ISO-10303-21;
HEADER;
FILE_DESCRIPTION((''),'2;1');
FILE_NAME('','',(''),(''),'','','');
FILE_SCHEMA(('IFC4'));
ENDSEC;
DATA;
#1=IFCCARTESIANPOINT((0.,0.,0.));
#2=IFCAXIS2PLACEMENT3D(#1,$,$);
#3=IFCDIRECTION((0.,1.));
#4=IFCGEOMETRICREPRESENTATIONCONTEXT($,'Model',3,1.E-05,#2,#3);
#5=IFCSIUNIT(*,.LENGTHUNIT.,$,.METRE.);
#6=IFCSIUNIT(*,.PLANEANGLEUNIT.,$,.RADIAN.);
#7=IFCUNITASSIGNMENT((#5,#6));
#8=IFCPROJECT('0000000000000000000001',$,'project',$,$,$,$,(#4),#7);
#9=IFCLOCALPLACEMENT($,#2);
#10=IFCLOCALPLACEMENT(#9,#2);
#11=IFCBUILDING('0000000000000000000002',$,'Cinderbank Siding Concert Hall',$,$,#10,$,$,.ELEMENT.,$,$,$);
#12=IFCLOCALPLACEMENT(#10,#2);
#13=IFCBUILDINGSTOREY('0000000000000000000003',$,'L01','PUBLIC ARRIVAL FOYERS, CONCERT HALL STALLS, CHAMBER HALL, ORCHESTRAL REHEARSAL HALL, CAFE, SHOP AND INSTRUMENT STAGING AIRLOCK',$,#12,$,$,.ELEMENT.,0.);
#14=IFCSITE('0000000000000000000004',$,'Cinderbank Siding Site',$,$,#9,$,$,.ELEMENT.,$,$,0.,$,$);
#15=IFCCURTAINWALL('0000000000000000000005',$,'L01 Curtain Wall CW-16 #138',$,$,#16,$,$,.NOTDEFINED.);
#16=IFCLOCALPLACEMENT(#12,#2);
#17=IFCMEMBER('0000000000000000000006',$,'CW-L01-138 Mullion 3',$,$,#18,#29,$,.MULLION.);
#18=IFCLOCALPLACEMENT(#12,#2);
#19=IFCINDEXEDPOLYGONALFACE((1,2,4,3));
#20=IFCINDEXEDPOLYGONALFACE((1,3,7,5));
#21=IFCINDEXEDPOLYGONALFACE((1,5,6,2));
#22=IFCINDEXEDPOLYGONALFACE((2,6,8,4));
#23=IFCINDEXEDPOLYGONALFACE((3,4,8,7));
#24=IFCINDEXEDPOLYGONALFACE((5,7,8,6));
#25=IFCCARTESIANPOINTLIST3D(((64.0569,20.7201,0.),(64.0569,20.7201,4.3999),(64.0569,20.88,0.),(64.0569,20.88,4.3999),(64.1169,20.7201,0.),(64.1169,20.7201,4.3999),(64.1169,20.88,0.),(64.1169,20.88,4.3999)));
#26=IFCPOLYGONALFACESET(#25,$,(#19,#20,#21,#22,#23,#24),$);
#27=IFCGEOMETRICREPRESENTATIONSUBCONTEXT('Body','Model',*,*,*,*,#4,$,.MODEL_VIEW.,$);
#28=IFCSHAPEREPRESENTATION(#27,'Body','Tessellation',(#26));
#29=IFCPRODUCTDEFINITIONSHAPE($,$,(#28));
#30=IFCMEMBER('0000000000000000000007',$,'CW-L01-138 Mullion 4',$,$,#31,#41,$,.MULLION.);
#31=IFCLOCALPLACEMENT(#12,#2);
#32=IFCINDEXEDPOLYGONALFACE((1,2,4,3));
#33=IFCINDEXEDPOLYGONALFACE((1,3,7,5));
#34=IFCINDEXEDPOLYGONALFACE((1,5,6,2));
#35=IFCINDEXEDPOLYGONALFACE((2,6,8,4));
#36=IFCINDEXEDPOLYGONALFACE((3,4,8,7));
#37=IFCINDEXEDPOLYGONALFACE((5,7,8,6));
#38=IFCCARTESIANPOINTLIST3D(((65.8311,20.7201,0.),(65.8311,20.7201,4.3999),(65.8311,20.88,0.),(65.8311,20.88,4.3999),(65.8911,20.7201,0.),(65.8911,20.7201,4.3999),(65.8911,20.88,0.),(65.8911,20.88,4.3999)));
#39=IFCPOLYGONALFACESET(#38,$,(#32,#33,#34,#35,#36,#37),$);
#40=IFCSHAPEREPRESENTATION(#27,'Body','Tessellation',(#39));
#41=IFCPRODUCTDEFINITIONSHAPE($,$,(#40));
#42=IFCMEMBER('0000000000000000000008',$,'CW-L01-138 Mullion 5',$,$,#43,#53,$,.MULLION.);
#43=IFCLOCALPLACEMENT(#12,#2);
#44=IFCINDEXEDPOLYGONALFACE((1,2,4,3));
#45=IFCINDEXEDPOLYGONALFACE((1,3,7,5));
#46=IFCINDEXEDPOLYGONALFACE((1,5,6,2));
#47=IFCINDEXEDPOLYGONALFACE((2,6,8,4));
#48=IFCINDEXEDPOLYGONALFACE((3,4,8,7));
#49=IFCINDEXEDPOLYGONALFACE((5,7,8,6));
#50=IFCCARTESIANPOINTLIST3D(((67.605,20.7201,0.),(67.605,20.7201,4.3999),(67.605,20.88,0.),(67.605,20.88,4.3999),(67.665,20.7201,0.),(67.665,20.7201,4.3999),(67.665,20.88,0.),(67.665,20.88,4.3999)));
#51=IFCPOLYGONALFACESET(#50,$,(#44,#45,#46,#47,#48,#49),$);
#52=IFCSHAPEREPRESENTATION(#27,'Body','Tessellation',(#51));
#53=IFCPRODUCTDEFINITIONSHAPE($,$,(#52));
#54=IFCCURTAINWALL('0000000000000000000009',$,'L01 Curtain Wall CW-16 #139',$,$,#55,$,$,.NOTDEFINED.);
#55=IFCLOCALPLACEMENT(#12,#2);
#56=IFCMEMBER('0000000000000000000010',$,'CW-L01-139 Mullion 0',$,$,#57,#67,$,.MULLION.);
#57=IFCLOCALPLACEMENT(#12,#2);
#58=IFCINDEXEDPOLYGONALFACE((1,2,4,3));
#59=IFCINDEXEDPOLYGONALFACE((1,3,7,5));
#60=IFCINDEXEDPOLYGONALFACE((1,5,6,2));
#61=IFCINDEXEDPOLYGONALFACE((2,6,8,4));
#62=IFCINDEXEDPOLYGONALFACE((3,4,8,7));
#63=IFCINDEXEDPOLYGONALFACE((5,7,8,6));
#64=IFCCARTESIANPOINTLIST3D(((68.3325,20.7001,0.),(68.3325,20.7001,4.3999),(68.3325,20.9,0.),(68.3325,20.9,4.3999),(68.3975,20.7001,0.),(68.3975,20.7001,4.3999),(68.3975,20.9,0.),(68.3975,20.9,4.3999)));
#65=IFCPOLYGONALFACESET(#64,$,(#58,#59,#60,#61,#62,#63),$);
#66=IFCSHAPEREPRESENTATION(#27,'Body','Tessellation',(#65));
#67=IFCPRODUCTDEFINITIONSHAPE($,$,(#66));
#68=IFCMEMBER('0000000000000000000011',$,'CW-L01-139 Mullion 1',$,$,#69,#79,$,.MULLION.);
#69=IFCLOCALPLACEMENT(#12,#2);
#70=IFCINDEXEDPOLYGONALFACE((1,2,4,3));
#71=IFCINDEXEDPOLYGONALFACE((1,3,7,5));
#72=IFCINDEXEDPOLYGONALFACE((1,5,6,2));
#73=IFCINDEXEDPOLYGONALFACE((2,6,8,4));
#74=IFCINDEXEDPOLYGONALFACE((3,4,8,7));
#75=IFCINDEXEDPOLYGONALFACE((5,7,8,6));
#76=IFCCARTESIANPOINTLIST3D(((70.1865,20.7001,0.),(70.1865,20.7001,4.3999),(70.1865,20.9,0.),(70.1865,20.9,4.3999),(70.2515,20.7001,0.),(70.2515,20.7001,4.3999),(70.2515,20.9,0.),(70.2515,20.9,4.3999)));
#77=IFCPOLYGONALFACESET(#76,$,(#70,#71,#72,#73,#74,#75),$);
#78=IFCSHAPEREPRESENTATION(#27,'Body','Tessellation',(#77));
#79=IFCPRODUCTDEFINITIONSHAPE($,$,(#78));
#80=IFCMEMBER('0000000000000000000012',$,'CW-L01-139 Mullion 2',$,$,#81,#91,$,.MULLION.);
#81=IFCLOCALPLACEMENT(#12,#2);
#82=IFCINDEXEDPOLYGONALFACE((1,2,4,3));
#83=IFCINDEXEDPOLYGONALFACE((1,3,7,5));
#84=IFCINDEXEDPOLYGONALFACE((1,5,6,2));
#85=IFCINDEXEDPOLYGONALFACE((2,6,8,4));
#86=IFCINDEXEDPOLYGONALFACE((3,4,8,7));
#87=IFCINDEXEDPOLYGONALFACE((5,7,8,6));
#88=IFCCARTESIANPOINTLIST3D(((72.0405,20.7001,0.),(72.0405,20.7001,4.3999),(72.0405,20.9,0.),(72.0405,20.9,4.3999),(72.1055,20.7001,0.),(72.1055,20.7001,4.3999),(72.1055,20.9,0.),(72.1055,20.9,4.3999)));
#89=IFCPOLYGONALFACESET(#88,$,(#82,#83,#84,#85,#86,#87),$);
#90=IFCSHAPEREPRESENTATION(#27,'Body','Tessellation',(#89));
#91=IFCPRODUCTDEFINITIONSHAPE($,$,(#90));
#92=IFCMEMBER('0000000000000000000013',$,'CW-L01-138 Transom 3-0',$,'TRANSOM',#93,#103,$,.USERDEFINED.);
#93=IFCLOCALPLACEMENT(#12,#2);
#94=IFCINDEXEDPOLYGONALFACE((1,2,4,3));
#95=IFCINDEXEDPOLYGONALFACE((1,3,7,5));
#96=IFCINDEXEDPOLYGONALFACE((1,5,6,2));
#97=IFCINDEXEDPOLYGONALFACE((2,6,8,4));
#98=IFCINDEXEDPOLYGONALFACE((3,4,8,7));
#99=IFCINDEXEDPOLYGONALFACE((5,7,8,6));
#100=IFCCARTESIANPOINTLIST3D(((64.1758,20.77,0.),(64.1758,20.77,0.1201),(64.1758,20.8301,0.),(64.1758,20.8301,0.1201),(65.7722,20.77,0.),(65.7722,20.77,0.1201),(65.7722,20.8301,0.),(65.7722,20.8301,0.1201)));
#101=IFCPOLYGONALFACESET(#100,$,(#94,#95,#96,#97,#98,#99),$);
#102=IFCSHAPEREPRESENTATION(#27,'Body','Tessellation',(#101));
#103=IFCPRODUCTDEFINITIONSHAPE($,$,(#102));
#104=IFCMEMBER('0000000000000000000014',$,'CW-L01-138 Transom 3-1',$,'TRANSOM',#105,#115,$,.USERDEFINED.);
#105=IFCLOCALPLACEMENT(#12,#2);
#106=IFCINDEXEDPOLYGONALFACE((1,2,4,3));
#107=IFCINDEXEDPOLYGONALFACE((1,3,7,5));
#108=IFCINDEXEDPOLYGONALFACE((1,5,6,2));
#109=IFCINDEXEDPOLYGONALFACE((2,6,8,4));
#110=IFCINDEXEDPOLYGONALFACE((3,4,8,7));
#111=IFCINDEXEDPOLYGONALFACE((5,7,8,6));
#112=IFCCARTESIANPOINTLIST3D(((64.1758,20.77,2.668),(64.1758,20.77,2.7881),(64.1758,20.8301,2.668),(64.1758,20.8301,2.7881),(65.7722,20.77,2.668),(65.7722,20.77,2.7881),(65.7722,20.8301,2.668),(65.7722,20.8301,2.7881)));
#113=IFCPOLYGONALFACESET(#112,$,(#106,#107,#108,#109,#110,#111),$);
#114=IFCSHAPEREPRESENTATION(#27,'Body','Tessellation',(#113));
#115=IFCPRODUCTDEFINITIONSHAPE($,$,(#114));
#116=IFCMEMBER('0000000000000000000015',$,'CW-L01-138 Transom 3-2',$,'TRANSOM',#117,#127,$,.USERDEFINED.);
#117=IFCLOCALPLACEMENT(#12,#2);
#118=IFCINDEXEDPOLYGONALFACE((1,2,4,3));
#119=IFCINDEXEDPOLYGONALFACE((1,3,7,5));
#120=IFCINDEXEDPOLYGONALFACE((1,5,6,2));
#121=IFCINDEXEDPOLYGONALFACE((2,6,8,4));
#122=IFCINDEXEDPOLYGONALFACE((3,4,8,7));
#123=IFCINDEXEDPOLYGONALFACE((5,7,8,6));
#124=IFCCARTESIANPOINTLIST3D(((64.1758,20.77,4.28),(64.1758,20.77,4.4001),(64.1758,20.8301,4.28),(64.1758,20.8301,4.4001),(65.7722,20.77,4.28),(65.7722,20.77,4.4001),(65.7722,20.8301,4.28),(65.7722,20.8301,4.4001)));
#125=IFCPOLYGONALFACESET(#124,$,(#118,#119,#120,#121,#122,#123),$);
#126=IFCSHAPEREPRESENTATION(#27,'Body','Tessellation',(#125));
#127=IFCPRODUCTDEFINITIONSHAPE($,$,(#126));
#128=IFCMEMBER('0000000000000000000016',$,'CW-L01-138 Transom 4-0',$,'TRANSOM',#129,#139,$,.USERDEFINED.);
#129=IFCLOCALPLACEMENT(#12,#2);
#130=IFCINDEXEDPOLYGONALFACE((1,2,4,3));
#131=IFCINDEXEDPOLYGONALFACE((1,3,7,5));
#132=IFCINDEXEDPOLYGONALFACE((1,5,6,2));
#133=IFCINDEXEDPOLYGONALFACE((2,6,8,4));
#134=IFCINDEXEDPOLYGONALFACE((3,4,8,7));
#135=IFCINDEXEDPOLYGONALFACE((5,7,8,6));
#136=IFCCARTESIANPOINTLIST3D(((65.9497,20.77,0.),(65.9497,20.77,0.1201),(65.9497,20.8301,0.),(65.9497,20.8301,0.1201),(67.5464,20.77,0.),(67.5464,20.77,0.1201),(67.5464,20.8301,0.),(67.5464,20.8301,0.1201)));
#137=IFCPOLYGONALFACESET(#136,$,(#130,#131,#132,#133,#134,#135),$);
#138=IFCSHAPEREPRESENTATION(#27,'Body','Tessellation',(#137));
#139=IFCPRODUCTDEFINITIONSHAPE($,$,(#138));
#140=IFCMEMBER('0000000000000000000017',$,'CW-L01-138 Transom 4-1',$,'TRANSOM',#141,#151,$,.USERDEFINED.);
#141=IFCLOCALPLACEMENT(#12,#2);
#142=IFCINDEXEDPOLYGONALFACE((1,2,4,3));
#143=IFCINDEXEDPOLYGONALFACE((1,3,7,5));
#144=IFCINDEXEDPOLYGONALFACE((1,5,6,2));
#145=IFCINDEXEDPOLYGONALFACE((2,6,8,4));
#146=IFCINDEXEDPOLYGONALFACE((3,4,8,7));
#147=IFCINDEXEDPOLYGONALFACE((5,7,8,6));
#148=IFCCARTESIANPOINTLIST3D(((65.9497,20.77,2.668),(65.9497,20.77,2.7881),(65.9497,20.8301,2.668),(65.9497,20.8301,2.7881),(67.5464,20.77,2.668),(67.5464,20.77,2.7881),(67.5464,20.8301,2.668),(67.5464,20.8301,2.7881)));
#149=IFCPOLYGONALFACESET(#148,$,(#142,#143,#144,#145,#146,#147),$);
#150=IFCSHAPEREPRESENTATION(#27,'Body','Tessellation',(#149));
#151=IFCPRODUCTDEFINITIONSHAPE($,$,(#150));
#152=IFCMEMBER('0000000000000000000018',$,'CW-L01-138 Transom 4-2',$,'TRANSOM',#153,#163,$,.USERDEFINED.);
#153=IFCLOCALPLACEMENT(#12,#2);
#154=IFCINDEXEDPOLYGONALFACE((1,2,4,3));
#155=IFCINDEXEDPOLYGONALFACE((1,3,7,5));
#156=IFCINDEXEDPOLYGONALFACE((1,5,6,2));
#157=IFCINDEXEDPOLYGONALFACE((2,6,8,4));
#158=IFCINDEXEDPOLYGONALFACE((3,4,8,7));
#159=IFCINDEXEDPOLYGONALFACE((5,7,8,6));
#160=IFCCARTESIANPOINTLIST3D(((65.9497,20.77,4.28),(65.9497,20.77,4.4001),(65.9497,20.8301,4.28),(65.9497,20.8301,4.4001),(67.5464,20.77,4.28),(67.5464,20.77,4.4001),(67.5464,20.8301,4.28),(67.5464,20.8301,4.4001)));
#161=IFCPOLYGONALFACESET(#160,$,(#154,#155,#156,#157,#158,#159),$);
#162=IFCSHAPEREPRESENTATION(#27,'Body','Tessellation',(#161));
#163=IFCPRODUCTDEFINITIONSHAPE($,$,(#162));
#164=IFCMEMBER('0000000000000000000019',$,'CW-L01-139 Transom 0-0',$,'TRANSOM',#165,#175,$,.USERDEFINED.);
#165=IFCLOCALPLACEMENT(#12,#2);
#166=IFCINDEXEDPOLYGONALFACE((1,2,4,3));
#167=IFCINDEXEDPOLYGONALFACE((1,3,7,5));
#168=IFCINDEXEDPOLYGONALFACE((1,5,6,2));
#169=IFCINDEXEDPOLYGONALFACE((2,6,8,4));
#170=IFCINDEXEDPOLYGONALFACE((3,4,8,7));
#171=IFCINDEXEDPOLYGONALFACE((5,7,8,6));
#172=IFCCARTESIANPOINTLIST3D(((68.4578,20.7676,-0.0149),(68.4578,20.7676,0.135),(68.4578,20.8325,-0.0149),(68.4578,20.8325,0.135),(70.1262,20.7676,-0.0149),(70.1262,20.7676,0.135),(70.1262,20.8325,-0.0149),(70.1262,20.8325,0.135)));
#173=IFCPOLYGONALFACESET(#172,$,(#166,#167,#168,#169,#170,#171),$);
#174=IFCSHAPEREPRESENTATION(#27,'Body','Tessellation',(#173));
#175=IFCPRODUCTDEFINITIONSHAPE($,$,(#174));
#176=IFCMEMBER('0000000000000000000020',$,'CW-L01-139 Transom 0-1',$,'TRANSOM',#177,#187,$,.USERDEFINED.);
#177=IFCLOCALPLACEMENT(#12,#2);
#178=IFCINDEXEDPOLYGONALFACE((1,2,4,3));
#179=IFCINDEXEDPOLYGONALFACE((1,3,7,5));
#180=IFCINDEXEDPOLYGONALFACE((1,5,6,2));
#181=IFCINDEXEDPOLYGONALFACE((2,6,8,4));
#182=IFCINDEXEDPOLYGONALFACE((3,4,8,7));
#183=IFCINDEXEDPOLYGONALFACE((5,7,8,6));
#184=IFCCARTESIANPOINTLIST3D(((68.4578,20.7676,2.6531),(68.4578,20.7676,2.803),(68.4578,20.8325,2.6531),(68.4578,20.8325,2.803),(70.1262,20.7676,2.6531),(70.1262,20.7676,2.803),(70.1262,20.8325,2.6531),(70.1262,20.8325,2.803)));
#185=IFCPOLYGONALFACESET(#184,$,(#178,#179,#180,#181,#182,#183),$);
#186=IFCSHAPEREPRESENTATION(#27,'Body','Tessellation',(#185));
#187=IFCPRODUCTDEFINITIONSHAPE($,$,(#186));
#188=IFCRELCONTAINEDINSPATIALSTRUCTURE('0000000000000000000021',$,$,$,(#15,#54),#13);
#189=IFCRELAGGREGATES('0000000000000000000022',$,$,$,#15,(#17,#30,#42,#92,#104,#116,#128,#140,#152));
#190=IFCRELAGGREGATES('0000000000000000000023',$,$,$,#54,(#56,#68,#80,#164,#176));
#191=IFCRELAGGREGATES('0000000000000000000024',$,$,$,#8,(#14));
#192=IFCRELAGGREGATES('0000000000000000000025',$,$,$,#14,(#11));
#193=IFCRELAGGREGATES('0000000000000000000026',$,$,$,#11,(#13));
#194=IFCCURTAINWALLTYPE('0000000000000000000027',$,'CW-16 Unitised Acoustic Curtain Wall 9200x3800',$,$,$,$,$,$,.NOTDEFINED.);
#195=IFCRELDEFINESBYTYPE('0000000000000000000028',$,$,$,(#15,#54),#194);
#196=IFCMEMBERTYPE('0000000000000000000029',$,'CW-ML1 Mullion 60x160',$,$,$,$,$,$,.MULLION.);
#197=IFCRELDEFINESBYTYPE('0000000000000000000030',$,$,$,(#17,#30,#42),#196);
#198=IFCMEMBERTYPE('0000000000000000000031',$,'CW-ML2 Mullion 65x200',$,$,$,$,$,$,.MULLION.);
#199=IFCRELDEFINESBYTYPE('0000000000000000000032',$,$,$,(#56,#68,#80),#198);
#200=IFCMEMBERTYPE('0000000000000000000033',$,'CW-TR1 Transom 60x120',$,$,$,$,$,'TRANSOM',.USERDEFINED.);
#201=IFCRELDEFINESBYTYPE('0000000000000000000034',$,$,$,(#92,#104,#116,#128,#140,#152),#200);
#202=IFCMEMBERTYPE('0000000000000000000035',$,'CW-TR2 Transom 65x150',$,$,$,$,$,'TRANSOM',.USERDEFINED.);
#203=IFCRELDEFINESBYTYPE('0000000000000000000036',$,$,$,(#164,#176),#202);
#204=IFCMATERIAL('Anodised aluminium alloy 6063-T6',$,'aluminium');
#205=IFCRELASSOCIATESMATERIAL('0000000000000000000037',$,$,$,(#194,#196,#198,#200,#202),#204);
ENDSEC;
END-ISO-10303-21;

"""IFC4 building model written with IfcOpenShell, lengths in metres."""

from ifc_helpers import new_model, si_unit, direction, frame, origin, origin_2d, place, context, subcontext, project, spatial, rectangle, extrude, material, material_profile, profile_set, type_object, element, aggregate, save


model = new_model("IFC4")

# Units and contexts
model_context = context("Model", 3, precision=1e-05, world=origin(), true_north=direction((0.0, 1.0)))
body_context = subcontext(model_context, "Body", "Model", "MODEL_VIEW")
ifc_project = project(units=[si_unit("LENGTHUNIT", "METRE"), si_unit("PLANEANGLEUNIT", "RADIAN")], contexts=[model_context])

# Site, building, storey
site_placement = place(None, origin())
site = spatial("IfcSite", under=ifc_project, at=site_placement, Name="Cinderbank Siding Site", CompositionType="ELEMENT", RefElevation=0.0)
building_placement = place(site_placement, origin())
building = spatial("IfcBuilding", under=site, at=building_placement, Name="Cinderbank Siding Concert Hall", CompositionType="ELEMENT")
storey_placement = place(building_placement, origin())
storey = spatial("IfcBuildingStorey", under=building, at=storey_placement, Name="L01", Description="PUBLIC ARRIVAL FOYERS, CONCERT HALL STALLS, CHAMBER HALL, ORCHESTRAL REHEARSAL HALL, CAFE, SHOP AND INSTRUMENT STAGING AIRLOCK", CompositionType="ELEMENT", Elevation=0.0)

# Curtain walls, members
ifc_material_1 = material(Name="Anodised aluminium alloy 6063-T6", Category="aluminium")
curtain_wall_type = type_object("IfcCurtainWallType", Name="CW-16 Unitised Acoustic Curtain Wall 9200x3800", PredefinedType="NOTDEFINED", material=ifc_material_1)
curtain_wall_1_placement = place(storey_placement, origin())
curtain_wall_1 = element("IfcCurtainWall", 1, at=curtain_wall_1_placement, inside=storey, type_object=curtain_wall_type, Name="L01 Curtain Wall CW-16 #138", PredefinedType="NOTDEFINED")
ifc_material_profile_1 = material_profile(ifc_material_1, rectangle(XDim=0.0601, YDim=0.1599, at=origin_2d()), Name="ALU-MULL-60x160", Category="LoadBearing")
ifc_profile_set_1 = profile_set([ifc_material_profile_1], Name="Anodised aluminium alloy 6063-T6")
member_type_1 = type_object("IfcMemberType", Name="CW-ML1 Mullion 60x160", PredefinedType="MULLION", material=ifc_profile_set_1)
member_1_placement = place(storey_placement, frame((64.0869, 20.8, 0.0), z_axis=(0.0, 0.0, 1.0), x_axis=(1.0, 0.0, 0.0)))
member_1 = element("IfcMember", 2, at=member_1_placement, type_object=member_type_1, Name="CW-L01-138 Mullion 3", PredefinedType="MULLION", context=body_context, shape_type="SweptSolid", body=[
    extrude(rectangle(XDim=0.0601, YDim=0.1599, at=origin_2d()), origin(), (0.0, 0.0, 1.0), 4.3999),
])
member_2_placement = place(storey_placement, frame((65.8611, 20.8, 0.0), z_axis=(0.0, 0.0, 1.0), x_axis=(1.0, 0.0, 0.0)))
member_2 = element("IfcMember", 3, at=member_2_placement, type_object=member_type_1, Name="CW-L01-138 Mullion 4", PredefinedType="MULLION", context=body_context, shape_type="SweptSolid", body=[
    extrude(rectangle(XDim=0.0601, YDim=0.1599, at=origin_2d()), origin(), (0.0, 0.0, 1.0), 4.3999),
])
member_3_placement = place(storey_placement, frame((67.635, 20.8, 0.0), z_axis=(0.0, 0.0, 1.0), x_axis=(1.0, 0.0, 0.0)))
member_3 = element("IfcMember", 4, at=member_3_placement, type_object=member_type_1, Name="CW-L01-138 Mullion 5", PredefinedType="MULLION", context=body_context, shape_type="SweptSolid", body=[
    extrude(rectangle(XDim=0.0601, YDim=0.1599, at=origin_2d()), origin(), (0.0, 0.0, 1.0), 4.3999),
])
curtain_wall_2_placement = place(storey_placement, origin())
curtain_wall_2 = element("IfcCurtainWall", 5, at=curtain_wall_2_placement, inside=storey, type_object=curtain_wall_type, Name="L01 Curtain Wall CW-16 #139", PredefinedType="NOTDEFINED")
ifc_material_profile_2 = material_profile(ifc_material_1, rectangle(XDim=0.0649, YDim=0.2, at=origin_2d()), Name="ALU-MULL-65x200", Category="LoadBearing")
ifc_profile_set_2 = profile_set([ifc_material_profile_2], Name="Anodised aluminium alloy 6063-T6")
member_type_2 = type_object("IfcMemberType", Name="CW-ML2 Mullion 65x200", PredefinedType="MULLION", material=ifc_profile_set_2)
member_4_placement = place(storey_placement, frame((68.365, 20.8, 0.0), z_axis=(0.0, 0.0, 1.0), x_axis=(1.0, 0.0, 0.0)))
member_4 = element("IfcMember", 6, at=member_4_placement, type_object=member_type_2, Name="CW-L01-139 Mullion 0", PredefinedType="MULLION", context=body_context, shape_type="SweptSolid", body=[
    extrude(rectangle(XDim=0.0649, YDim=0.2, at=origin_2d()), origin(), (0.0, 0.0, 1.0), 4.3999),
])
member_5_placement = place(storey_placement, frame((70.219, 20.8, 0.0), z_axis=(0.0, 0.0, 1.0), x_axis=(1.0, 0.0, 0.0)))
member_5 = element("IfcMember", 7, at=member_5_placement, type_object=member_type_2, Name="CW-L01-139 Mullion 1", PredefinedType="MULLION", context=body_context, shape_type="SweptSolid", body=[
    extrude(rectangle(XDim=0.0649, YDim=0.2, at=origin_2d()), origin(), (0.0, 0.0, 1.0), 4.3999),
])
member_6_placement = place(storey_placement, frame((72.073, 20.8, 0.0), z_axis=(0.0, 0.0, 1.0), x_axis=(1.0, 0.0, 0.0)))
member_6 = element("IfcMember", 8, at=member_6_placement, type_object=member_type_2, Name="CW-L01-139 Mullion 2", PredefinedType="MULLION", context=body_context, shape_type="SweptSolid", body=[
    extrude(rectangle(XDim=0.0649, YDim=0.2, at=origin_2d()), origin(), (0.0, 0.0, 1.0), 4.3999),
])

# Members
ifc_material_profile_3 = material_profile(ifc_material_1, rectangle(XDim=0.0601, YDim=0.1201, at=origin_2d()), Name="ALU-TRAN-60x120", Category="LoadBearing")
ifc_profile_set_3 = profile_set([ifc_material_profile_3], Name="Anodised aluminium alloy 6063-T6")
member_type_3 = type_object("IfcMemberType", Name="CW-TR1 Transom 60x120", ElementType="TRANSOM", PredefinedType="USERDEFINED", material=ifc_profile_set_3)
member_7_placement = place(storey_placement, frame((64.1758, 20.8, 0.0601), z_axis=(1.0, 0.0, 0.0), x_axis=(0.0, 1.0, 0.0)))
member_7 = element("IfcMember", 9, at=member_7_placement, type_object=member_type_3, Name="CW-L01-138 Transom 3-0", ObjectType="TRANSOM", PredefinedType="USERDEFINED", context=body_context, shape_type="SweptSolid", body=[
    extrude(rectangle(XDim=0.0601, YDim=0.1201, at=origin_2d()), origin(), (0.0, 0.0, 1.0), 1.5964),
])
member_8_placement = place(storey_placement, frame((64.1758, 20.8, 2.728), z_axis=(1.0, 0.0, 0.0), x_axis=(0.0, 1.0, 0.0)))
member_8 = element("IfcMember", 10, at=member_8_placement, type_object=member_type_3, Name="CW-L01-138 Transom 3-1", ObjectType="TRANSOM", PredefinedType="USERDEFINED", context=body_context, shape_type="SweptSolid", body=[
    extrude(rectangle(XDim=0.0601, YDim=0.1201, at=origin_2d()), origin(), (0.0, 0.0, 1.0), 1.5964),
])
member_9_placement = place(storey_placement, frame((64.1758, 20.8, 4.3401), z_axis=(1.0, 0.0, 0.0), x_axis=(0.0, 1.0, 0.0)))
member_9 = element("IfcMember", 11, at=member_9_placement, type_object=member_type_3, Name="CW-L01-138 Transom 3-2", ObjectType="TRANSOM", PredefinedType="USERDEFINED", context=body_context, shape_type="SweptSolid", body=[
    extrude(rectangle(XDim=0.0601, YDim=0.1201, at=origin_2d()), origin(), (0.0, 0.0, 1.0), 1.5964),
])
member_10_placement = place(storey_placement, frame((65.9497, 20.8, 0.0601), z_axis=(1.0, 0.0, 0.0), x_axis=(0.0, 1.0, 0.0)))
member_10 = element("IfcMember", 12, at=member_10_placement, type_object=member_type_3, Name="CW-L01-138 Transom 4-0", ObjectType="TRANSOM", PredefinedType="USERDEFINED", context=body_context, shape_type="SweptSolid", body=[
    extrude(rectangle(XDim=0.0601, YDim=0.1201, at=origin_2d()), origin(), (0.0, 0.0, 1.0), 1.5967),
])
member_11_placement = place(storey_placement, frame((65.9497, 20.8, 2.728), z_axis=(1.0, 0.0, 0.0), x_axis=(0.0, 1.0, 0.0)))
member_11 = element("IfcMember", 13, at=member_11_placement, type_object=member_type_3, Name="CW-L01-138 Transom 4-1", ObjectType="TRANSOM", PredefinedType="USERDEFINED", context=body_context, shape_type="SweptSolid", body=[
    extrude(rectangle(XDim=0.0601, YDim=0.1201, at=origin_2d()), origin(), (0.0, 0.0, 1.0), 1.5967),
])
member_12_placement = place(storey_placement, frame((65.9497, 20.8, 4.3401), z_axis=(1.0, 0.0, 0.0), x_axis=(0.0, 1.0, 0.0)))
member_12 = element("IfcMember", 14, at=member_12_placement, type_object=member_type_3, Name="CW-L01-138 Transom 4-2", ObjectType="TRANSOM", PredefinedType="USERDEFINED", context=body_context, shape_type="SweptSolid", body=[
    extrude(rectangle(XDim=0.0601, YDim=0.1201, at=origin_2d()), origin(), (0.0, 0.0, 1.0), 1.5967),
])
ifc_material_profile_4 = material_profile(ifc_material_1, rectangle(XDim=0.0649, YDim=0.1499, at=origin_2d()), Name="ALU-TRAN-65x150", Category="LoadBearing")
ifc_profile_set_4 = profile_set([ifc_material_profile_4], Name="Anodised aluminium alloy 6063-T6")
member_type_4 = type_object("IfcMemberType", Name="CW-TR2 Transom 65x150", ElementType="TRANSOM", PredefinedType="USERDEFINED", material=ifc_profile_set_4)
member_13_placement = place(storey_placement, frame((68.4578, 20.8, 0.0601), z_axis=(1.0, 0.0, 0.0), x_axis=(0.0, 1.0, 0.0)))
member_13 = element("IfcMember", 15, at=member_13_placement, type_object=member_type_4, Name="CW-L01-139 Transom 0-0", ObjectType="TRANSOM", PredefinedType="USERDEFINED", context=body_context, shape_type="SweptSolid", body=[
    extrude(rectangle(XDim=0.0649, YDim=0.1499, at=origin_2d()), origin(), (0.0, 0.0, 1.0), 1.6685),
])
member_14_placement = place(storey_placement, frame((68.4578, 20.8, 2.728), z_axis=(1.0, 0.0, 0.0), x_axis=(0.0, 1.0, 0.0)))
member_14 = element("IfcMember", 16, at=member_14_placement, type_object=member_type_4, Name="CW-L01-139 Transom 0-1", ObjectType="TRANSOM", PredefinedType="USERDEFINED", context=body_context, shape_type="SweptSolid", body=[
    extrude(rectangle(XDim=0.0649, YDim=0.1499, at=origin_2d()), origin(), (0.0, 0.0, 1.0), 1.6685),
])

aggregate(curtain_wall_1, [member_1, member_2, member_3, member_7, member_8, member_9, member_10, member_11, member_12])
aggregate(curtain_wall_2, [member_4, member_5, member_6, member_13, member_14])

save(model, "model.ifc")
